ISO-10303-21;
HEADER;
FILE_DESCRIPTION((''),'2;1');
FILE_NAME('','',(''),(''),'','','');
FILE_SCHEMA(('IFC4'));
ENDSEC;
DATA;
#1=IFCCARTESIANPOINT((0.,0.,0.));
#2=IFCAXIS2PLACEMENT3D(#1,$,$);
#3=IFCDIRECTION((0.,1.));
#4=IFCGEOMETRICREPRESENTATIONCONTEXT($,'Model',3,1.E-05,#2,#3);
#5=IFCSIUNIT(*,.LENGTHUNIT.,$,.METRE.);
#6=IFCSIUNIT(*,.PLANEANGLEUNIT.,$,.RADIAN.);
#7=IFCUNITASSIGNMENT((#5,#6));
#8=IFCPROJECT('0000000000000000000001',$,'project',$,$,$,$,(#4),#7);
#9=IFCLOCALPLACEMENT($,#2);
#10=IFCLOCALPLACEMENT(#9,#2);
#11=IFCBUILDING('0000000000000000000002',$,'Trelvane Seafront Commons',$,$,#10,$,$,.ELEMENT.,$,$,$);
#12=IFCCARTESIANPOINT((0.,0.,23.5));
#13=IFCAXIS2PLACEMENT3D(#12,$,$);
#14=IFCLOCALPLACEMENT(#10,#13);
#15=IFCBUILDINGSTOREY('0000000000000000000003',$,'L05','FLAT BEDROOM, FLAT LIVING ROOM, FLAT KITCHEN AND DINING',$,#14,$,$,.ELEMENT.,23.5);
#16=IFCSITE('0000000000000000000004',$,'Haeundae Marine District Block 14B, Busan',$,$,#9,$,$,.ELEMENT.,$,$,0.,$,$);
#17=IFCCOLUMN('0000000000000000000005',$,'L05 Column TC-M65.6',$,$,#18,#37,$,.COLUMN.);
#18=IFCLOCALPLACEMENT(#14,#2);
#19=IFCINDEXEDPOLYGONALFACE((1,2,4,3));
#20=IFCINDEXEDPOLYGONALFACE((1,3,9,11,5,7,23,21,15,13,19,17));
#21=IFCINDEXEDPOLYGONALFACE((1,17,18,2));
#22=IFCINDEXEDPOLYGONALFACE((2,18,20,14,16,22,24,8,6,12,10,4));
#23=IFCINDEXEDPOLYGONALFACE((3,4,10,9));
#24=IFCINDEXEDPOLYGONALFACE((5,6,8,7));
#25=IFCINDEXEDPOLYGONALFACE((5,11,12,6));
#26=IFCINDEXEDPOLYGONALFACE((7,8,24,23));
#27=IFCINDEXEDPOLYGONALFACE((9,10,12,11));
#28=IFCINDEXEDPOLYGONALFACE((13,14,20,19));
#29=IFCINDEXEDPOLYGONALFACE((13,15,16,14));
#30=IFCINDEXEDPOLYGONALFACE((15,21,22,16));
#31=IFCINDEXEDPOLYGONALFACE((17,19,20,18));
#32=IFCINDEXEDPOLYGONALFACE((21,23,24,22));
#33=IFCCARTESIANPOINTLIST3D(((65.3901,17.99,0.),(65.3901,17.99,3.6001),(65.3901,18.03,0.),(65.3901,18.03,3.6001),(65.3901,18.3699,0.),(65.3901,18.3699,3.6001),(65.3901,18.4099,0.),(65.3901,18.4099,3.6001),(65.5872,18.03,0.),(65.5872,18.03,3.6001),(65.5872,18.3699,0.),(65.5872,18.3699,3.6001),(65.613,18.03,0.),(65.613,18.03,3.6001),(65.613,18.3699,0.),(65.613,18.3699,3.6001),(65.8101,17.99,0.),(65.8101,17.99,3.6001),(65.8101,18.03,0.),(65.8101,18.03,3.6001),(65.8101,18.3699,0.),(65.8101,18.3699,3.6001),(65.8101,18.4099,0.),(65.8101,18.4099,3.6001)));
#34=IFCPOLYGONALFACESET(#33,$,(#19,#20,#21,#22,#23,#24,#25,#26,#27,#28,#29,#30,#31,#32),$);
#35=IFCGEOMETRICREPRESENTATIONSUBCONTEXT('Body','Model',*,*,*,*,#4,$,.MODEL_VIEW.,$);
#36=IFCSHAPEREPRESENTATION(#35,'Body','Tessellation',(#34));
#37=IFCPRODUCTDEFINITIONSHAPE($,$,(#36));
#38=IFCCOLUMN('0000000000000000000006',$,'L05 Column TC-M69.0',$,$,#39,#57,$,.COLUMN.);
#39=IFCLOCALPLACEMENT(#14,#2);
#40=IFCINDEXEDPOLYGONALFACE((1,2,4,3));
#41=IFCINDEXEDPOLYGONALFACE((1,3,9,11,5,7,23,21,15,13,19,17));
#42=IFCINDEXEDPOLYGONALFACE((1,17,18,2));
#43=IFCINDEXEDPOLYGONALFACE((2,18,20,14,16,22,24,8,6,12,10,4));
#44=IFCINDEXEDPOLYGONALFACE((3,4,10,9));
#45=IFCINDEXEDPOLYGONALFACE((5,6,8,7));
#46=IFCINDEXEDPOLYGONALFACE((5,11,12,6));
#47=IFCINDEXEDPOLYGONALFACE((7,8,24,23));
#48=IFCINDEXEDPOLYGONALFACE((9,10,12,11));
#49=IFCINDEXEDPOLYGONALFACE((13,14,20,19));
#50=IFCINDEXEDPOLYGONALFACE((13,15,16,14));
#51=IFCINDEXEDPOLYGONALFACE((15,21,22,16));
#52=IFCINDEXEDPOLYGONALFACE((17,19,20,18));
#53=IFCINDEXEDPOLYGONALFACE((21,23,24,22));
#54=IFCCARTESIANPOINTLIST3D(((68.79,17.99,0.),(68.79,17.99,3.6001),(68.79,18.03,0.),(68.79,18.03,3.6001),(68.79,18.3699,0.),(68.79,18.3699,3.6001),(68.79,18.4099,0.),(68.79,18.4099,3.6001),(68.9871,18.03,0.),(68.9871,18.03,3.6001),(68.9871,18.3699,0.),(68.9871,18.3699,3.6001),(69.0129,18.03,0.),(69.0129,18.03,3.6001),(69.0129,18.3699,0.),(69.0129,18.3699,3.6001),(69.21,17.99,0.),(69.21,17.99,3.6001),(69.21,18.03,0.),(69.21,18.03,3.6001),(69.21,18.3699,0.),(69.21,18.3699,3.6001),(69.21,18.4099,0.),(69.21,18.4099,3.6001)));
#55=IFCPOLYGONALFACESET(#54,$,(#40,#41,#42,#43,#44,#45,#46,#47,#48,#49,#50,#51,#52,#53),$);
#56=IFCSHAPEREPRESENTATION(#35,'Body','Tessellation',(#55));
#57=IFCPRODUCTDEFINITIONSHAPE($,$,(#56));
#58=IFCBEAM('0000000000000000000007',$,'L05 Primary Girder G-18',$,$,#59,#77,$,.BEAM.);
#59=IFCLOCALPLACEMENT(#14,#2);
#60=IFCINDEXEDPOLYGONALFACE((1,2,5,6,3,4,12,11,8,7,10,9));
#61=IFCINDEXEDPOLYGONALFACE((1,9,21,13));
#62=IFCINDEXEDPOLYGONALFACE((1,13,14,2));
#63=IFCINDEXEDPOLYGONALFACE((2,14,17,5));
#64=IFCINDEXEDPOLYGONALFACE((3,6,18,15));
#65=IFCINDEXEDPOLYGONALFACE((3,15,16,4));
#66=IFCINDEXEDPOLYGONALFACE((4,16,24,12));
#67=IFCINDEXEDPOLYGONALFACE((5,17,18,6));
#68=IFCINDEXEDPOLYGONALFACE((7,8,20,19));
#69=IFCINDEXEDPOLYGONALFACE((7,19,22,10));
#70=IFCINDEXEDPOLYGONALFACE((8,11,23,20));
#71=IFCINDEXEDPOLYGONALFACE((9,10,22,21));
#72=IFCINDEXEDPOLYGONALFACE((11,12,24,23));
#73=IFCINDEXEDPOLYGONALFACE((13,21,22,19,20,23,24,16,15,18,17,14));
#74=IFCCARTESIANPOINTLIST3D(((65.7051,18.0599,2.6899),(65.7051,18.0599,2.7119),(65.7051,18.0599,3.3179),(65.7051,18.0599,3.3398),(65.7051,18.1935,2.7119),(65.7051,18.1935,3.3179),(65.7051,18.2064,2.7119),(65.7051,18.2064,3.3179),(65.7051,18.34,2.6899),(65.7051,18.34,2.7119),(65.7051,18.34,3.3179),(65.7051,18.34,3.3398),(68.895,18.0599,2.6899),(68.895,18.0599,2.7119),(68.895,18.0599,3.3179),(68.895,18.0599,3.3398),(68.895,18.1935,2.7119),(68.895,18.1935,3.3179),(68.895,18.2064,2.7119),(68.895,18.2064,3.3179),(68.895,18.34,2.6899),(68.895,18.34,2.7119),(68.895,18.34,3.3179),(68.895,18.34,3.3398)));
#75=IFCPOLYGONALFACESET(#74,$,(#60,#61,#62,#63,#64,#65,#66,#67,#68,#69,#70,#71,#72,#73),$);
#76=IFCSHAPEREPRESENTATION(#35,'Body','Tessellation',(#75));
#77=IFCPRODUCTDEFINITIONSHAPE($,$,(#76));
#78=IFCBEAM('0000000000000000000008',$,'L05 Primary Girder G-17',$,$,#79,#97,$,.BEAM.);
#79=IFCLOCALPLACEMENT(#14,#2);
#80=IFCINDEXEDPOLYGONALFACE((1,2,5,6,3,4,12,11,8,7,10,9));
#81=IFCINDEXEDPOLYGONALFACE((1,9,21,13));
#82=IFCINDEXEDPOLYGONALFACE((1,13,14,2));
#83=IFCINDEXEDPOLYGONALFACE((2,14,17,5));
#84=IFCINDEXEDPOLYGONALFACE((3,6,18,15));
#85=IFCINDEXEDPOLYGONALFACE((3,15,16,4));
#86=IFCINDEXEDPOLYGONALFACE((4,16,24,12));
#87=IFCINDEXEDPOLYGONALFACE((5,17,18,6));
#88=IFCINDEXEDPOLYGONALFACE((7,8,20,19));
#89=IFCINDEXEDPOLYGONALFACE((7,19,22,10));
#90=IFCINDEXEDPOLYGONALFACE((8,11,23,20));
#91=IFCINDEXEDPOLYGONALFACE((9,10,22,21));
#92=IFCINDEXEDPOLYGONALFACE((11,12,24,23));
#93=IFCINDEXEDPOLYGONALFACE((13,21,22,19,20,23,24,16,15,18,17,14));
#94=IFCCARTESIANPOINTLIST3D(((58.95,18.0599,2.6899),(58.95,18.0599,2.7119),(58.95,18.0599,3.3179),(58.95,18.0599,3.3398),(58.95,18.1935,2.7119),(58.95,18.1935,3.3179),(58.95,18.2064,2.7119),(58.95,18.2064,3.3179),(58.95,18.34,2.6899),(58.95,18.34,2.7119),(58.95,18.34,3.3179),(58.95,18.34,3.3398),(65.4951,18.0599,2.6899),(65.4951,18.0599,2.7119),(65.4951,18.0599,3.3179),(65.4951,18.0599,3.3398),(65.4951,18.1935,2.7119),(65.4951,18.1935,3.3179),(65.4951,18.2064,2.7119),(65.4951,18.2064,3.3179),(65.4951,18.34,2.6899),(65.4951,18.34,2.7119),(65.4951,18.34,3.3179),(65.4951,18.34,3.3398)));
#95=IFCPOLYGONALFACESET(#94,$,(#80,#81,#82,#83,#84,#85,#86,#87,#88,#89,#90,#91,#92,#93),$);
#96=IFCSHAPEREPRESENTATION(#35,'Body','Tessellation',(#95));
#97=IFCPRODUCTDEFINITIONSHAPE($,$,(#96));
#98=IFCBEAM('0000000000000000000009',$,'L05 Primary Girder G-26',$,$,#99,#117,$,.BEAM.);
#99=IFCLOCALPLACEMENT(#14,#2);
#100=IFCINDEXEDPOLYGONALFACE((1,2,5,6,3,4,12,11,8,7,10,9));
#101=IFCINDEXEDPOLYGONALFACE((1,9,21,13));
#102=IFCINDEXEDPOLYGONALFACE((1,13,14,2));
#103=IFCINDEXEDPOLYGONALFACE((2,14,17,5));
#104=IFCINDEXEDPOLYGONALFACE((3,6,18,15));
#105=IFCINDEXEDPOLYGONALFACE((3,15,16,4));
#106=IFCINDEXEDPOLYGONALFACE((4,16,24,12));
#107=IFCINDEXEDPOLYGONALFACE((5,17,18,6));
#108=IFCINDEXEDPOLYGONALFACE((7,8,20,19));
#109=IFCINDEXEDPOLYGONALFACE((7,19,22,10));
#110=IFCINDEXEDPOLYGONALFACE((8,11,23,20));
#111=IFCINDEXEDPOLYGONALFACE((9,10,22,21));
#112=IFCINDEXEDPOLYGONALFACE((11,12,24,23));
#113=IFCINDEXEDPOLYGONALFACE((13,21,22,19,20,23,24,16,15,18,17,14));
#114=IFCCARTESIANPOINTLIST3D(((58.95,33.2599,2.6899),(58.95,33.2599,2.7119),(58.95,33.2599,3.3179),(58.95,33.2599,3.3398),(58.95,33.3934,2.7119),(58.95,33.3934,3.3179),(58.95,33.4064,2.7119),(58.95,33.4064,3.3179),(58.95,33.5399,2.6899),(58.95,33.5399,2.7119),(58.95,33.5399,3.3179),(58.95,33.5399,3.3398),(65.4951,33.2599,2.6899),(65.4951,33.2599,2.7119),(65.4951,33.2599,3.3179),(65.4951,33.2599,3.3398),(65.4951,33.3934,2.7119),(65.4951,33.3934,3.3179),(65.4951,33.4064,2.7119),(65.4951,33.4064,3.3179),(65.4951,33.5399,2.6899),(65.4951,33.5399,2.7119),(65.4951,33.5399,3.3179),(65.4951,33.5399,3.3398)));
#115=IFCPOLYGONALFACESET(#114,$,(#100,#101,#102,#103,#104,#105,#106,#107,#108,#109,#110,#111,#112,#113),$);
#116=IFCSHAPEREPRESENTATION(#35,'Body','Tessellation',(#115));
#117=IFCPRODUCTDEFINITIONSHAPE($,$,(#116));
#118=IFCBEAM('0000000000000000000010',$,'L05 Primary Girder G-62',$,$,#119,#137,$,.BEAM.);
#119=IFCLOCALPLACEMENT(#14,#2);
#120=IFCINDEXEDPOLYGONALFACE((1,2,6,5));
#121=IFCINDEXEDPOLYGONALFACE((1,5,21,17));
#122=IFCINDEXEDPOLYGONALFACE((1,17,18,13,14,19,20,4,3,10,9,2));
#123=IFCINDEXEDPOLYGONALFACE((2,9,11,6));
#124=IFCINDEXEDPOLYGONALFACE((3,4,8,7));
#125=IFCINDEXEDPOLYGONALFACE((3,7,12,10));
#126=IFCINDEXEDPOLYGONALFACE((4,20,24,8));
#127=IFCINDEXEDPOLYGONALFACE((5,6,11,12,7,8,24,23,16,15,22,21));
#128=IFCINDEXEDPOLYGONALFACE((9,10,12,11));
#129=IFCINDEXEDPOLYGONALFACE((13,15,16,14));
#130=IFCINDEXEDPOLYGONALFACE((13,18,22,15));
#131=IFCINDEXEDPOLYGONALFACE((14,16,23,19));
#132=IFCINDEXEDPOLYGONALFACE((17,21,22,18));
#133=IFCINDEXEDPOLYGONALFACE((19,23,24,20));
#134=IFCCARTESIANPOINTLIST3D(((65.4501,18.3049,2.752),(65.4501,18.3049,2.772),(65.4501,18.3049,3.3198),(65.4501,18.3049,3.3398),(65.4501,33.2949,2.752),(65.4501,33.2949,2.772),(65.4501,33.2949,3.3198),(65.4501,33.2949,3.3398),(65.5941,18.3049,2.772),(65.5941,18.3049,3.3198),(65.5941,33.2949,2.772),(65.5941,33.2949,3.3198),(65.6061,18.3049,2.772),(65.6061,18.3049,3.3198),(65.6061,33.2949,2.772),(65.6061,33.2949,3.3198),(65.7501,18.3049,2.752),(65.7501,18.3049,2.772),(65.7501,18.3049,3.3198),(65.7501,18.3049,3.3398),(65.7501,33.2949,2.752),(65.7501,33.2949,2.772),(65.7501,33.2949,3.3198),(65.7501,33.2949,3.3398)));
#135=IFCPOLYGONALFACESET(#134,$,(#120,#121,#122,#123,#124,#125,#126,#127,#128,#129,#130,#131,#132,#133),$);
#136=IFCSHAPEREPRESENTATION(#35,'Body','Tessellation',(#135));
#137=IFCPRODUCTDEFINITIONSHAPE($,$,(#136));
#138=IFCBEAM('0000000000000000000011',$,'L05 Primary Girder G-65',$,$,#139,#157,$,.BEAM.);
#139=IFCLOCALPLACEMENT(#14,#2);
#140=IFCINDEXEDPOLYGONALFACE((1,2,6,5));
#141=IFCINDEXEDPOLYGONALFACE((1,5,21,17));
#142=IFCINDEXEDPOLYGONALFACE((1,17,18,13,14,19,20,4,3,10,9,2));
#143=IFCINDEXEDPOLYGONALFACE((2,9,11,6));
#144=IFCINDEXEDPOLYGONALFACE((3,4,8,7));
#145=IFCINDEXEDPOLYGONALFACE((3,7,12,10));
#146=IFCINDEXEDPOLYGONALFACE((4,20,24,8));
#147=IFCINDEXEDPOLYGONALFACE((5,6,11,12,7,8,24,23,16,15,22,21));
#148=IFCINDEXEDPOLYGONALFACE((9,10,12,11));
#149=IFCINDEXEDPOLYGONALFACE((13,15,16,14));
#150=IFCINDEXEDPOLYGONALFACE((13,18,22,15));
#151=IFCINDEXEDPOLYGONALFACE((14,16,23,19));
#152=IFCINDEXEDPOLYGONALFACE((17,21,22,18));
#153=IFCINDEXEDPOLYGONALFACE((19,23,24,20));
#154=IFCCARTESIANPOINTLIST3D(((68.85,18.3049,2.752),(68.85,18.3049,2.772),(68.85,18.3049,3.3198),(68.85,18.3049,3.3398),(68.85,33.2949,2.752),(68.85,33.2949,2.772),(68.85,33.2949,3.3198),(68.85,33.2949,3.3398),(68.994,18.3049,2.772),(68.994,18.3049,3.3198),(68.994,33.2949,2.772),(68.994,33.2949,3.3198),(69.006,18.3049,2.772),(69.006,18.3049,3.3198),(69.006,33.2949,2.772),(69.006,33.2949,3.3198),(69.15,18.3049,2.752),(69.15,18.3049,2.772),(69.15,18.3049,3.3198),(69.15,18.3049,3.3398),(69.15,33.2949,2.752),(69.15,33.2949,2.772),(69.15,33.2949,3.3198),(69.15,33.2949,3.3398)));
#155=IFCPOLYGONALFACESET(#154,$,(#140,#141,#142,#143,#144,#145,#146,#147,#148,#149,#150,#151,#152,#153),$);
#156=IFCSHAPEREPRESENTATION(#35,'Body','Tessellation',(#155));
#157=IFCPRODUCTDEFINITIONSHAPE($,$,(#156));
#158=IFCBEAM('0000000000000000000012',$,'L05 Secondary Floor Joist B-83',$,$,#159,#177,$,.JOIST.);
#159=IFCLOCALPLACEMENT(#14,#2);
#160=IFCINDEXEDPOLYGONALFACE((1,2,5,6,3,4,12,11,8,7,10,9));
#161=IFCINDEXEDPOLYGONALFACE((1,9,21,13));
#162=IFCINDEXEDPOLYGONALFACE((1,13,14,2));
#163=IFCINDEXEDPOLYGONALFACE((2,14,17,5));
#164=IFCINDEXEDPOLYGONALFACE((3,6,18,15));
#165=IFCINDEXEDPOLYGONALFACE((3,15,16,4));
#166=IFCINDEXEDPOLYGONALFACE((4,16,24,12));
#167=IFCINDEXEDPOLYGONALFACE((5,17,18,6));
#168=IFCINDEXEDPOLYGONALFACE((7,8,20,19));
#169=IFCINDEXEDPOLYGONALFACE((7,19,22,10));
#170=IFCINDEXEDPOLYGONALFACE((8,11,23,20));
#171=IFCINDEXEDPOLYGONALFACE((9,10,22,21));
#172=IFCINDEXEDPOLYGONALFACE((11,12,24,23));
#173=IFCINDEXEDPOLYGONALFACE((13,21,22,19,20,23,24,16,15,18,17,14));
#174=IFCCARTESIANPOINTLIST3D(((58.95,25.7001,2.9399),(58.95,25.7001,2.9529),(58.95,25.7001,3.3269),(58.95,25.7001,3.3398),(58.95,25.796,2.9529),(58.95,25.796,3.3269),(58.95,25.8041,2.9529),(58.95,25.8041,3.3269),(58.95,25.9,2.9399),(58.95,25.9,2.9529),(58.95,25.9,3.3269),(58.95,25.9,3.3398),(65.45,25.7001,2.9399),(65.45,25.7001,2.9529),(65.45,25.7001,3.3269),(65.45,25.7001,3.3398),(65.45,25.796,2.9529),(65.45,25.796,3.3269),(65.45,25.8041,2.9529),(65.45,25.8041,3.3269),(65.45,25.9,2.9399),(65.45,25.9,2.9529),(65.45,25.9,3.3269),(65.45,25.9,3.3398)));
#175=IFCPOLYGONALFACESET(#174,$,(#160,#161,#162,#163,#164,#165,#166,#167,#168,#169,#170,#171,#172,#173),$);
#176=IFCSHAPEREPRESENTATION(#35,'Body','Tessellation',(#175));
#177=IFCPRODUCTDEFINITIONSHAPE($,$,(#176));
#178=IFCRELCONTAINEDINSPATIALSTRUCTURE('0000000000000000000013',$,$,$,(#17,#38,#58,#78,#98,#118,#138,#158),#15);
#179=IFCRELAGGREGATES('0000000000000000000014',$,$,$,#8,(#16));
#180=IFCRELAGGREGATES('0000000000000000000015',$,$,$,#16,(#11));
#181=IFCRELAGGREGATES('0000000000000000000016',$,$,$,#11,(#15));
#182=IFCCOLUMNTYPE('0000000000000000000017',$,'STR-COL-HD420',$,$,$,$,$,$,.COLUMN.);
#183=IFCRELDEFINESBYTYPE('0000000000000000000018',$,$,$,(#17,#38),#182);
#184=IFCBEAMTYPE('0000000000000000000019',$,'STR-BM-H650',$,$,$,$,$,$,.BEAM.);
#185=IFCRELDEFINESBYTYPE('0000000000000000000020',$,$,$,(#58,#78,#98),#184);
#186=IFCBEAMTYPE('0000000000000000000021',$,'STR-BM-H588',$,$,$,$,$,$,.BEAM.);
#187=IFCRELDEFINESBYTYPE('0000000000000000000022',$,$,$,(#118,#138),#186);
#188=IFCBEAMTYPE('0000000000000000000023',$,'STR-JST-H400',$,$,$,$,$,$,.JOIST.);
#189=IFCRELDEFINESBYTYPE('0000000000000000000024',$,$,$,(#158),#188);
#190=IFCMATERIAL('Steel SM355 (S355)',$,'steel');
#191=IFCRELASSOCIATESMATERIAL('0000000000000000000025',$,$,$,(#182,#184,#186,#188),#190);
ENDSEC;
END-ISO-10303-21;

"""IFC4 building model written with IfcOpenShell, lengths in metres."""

from ifc_helpers import new_model, si_unit, direction, frame, origin, origin_2d, place, context, subcontext, project, spatial, i_section, extrude, source, transform, mapped, material, material_profile, profile_set, type_object, element, save


model = new_model("IFC4")

# Units and contexts
model_context = context("Model", 3, precision=1e-05, world=origin(), true_north=direction((0.0, 1.0)))
body_context = subcontext(model_context, "Body", "Model", "MODEL_VIEW")
ifc_project = project(units=[si_unit("LENGTHUNIT", "METRE"), si_unit("PLANEANGLEUNIT", "RADIAN")], contexts=[model_context])

# Site, building, storey
site_placement = place(None, origin())
site = spatial("IfcSite", under=ifc_project, at=site_placement, Name="Haeundae Marine District Block 14B, Busan", CompositionType="ELEMENT", RefElevation=0.0)
building_placement = place(site_placement, origin())
building = spatial("IfcBuilding", under=site, at=building_placement, Name="Trelvane Seafront Commons", CompositionType="ELEMENT")
storey_placement = place(building_placement, frame((0.0, 0.0, 23.5)))
storey = spatial("IfcBuildingStorey", under=building, at=storey_placement, Name="L05", Description="FLAT BEDROOM, FLAT LIVING ROOM, FLAT KITCHEN AND DINING", CompositionType="ELEMENT", Elevation=23.5)

# Columns
ifc_material_1 = material(Name="Steel SM355 (S355)", Category="steel")
ifc_material_profile_1 = material_profile(ifc_material_1, i_section(OverallWidth=0.4199, OverallDepth=0.4199, WebThickness=0.0259, FlangeThickness=0.04, at=origin_2d()), Name="HD-420x420x26x40")
ifc_profile_set_1 = profile_set([ifc_material_profile_1], Name="Steel SM355 (S355)")
column_type = type_object("IfcColumnType", Name="STR-COL-HD420", PredefinedType="COLUMN", material=ifc_profile_set_1)
shared_shape_1 = source(origin(), body_context, "Body", "SweptSolid", [
    extrude(i_section(OverallWidth=0.4199, OverallDepth=0.4199, WebThickness=0.0259, FlangeThickness=0.04, at=origin_2d()), origin(), (0.0, 0.0, 1.0), 3.6001),
])
for number, where, z_axis, x_axis, name in (
    (1, (65.6001, 18.2, 0.0), (0.0, 0.0, 1.0), (1.0, 0.0, 0.0), "L05 Column TC-M65.6"),
    (2, (69.0, 18.2, 0.0), (0.0, 0.0, 1.0), (1.0, 0.0, 0.0), "L05 Column TC-M69.0"),
):
    element("IfcColumn", number, at=place(storey_placement, frame(where, z_axis=z_axis, x_axis=x_axis)), inside=storey, type_object=column_type, Name=name, PredefinedType="COLUMN", context=body_context, shape_type="MappedRepresentation", body=[
        mapped(shared_shape_1, transform((0.0, 0.0, 0.0), x_axis=(1.0, 0.0, 0.0), y_axis=(0.0, 1.0, 0.0), z_axis=(0.0, 0.0, 1.0), scale=1.0)),
    ])

# Beams
ifc_material_profile_2 = material_profile(ifc_material_1, i_section(OverallWidth=0.28, OverallDepth=0.6499, WebThickness=0.0129, FlangeThickness=0.022, at=origin_2d()), Name="H-650x280x13x22")
ifc_profile_set_2 = profile_set([ifc_material_profile_2], Name="Steel SM355 (S355)")
beam_type_1 = type_object("IfcBeamType", Name="STR-BM-H650", PredefinedType="BEAM", material=ifc_profile_set_2)
shared_shape_2 = source(origin(), body_context, "Body", "SweptSolid", [
    extrude(i_section(OverallWidth=0.28, OverallDepth=0.6499, WebThickness=0.0129, FlangeThickness=0.022, at=origin_2d()), origin(), (0.0, 0.0, 1.0), 3.1899),
])
beam_1_placement = place(storey_placement, frame((65.7051, 18.2, 3.0149), z_axis=(1.0, 0.0, 0.0), x_axis=(0.0, 1.0, 0.0)))
element("IfcBeam", 3, at=beam_1_placement, inside=storey, type_object=beam_type_1, Name="L05 Primary Girder G-18", PredefinedType="BEAM", context=body_context, shape_type="MappedRepresentation", body=[
    mapped(shared_shape_2, transform((0.0, 0.0, 0.0), x_axis=(1.0, 0.0, 0.0), y_axis=(0.0, 1.0, 0.0), z_axis=(0.0, 0.0, 1.0), scale=1.0)),
])
shared_shape_3 = source(origin(), body_context, "Body", "SweptSolid", [
    extrude(i_section(OverallWidth=0.28, OverallDepth=0.6499, WebThickness=0.0129, FlangeThickness=0.022, at=origin_2d()), origin(), (0.0, 0.0, 1.0), 6.5452),
])
for number, where, z_axis, x_axis, name in (
    (4, (58.95, 18.2, 3.0149), (1.0, 0.0, 0.0), (0.0, 1.0, 0.0), "L05 Primary Girder G-17"),
    (5, (58.95, 33.3999, 3.0149), (1.0, 0.0, 0.0), (0.0, 1.0, 0.0), "L05 Primary Girder G-26"),
):
    element("IfcBeam", number, at=place(storey_placement, frame(where, z_axis=z_axis, x_axis=x_axis)), inside=storey, type_object=beam_type_1, Name=name, PredefinedType="BEAM", context=body_context, shape_type="MappedRepresentation", body=[
        mapped(shared_shape_3, transform((0.0, 0.0, 0.0), x_axis=(1.0, 0.0, 0.0), y_axis=(0.0, 1.0, 0.0), z_axis=(0.0, 0.0, 1.0), scale=1.0)),
    ])
ifc_material_profile_3 = material_profile(ifc_material_1, i_section(OverallWidth=0.3, OverallDepth=0.5879, WebThickness=0.012, FlangeThickness=0.02, at=origin_2d()), Name="H-588x300x12x20")
ifc_profile_set_3 = profile_set([ifc_material_profile_3], Name="Steel SM355 (S355)")
beam_type_2 = type_object("IfcBeamType", Name="STR-BM-H588", PredefinedType="BEAM", material=ifc_profile_set_3)
shared_shape_4 = source(origin(), body_context, "Body", "SweptSolid", [
    extrude(i_section(OverallWidth=0.3, OverallDepth=0.5879, WebThickness=0.012, FlangeThickness=0.02, at=origin_2d()), origin(), (0.0, 0.0, 1.0), 14.99),
])
for number, where, z_axis, x_axis, name in (
    (6, (65.6001, 18.3049, 3.0459), (0.0, 1.0, 0.0), (-1.0, 0.0, 0.0), "L05 Primary Girder G-62"),
    (7, (69.0, 18.3049, 3.0459), (0.0, 1.0, 0.0), (-1.0, 0.0, 0.0), "L05 Primary Girder G-65"),
):
    element("IfcBeam", number, at=place(storey_placement, frame(where, z_axis=z_axis, x_axis=x_axis)), inside=storey, type_object=beam_type_2, Name=name, PredefinedType="BEAM", context=body_context, shape_type="MappedRepresentation", body=[
        mapped(shared_shape_4, transform((0.0, 0.0, 0.0), x_axis=(1.0, 0.0, 0.0), y_axis=(0.0, 1.0, 0.0), z_axis=(0.0, 0.0, 1.0), scale=1.0)),
    ])
ifc_material_profile_4 = material_profile(ifc_material_1, i_section(OverallWidth=0.2, OverallDepth=0.3999, WebThickness=0.0081, FlangeThickness=0.0129, at=origin_2d()), Name="H-400x200x8x13")
ifc_profile_set_4 = profile_set([ifc_material_profile_4], Name="Steel SM355 (S355)")
beam_type_3 = type_object("IfcBeamType", Name="STR-JST-H400", PredefinedType="JOIST", material=ifc_profile_set_4)
shared_shape_5 = source(origin(), body_context, "Body", "SweptSolid", [
    extrude(i_section(OverallWidth=0.2, OverallDepth=0.3999, WebThickness=0.0081, FlangeThickness=0.0129, at=origin_2d()), origin(), (0.0, 0.0, 1.0), 6.5),
])
beam_2_placement = place(storey_placement, frame((58.95, 25.8, 3.1399), z_axis=(1.0, 0.0, 0.0), x_axis=(0.0, 1.0, 0.0)))
element("IfcBeam", 8, at=beam_2_placement, inside=storey, type_object=beam_type_3, Name="L05 Secondary Floor Joist B-83", PredefinedType="JOIST", context=body_context, shape_type="MappedRepresentation", body=[
    mapped(shared_shape_5, transform((0.0, 0.0, 0.0), x_axis=(1.0, 0.0, 0.0), y_axis=(0.0, 1.0, 0.0), z_axis=(0.0, 0.0, 1.0), scale=1.0)),
])

save(model, "model.ifc")
